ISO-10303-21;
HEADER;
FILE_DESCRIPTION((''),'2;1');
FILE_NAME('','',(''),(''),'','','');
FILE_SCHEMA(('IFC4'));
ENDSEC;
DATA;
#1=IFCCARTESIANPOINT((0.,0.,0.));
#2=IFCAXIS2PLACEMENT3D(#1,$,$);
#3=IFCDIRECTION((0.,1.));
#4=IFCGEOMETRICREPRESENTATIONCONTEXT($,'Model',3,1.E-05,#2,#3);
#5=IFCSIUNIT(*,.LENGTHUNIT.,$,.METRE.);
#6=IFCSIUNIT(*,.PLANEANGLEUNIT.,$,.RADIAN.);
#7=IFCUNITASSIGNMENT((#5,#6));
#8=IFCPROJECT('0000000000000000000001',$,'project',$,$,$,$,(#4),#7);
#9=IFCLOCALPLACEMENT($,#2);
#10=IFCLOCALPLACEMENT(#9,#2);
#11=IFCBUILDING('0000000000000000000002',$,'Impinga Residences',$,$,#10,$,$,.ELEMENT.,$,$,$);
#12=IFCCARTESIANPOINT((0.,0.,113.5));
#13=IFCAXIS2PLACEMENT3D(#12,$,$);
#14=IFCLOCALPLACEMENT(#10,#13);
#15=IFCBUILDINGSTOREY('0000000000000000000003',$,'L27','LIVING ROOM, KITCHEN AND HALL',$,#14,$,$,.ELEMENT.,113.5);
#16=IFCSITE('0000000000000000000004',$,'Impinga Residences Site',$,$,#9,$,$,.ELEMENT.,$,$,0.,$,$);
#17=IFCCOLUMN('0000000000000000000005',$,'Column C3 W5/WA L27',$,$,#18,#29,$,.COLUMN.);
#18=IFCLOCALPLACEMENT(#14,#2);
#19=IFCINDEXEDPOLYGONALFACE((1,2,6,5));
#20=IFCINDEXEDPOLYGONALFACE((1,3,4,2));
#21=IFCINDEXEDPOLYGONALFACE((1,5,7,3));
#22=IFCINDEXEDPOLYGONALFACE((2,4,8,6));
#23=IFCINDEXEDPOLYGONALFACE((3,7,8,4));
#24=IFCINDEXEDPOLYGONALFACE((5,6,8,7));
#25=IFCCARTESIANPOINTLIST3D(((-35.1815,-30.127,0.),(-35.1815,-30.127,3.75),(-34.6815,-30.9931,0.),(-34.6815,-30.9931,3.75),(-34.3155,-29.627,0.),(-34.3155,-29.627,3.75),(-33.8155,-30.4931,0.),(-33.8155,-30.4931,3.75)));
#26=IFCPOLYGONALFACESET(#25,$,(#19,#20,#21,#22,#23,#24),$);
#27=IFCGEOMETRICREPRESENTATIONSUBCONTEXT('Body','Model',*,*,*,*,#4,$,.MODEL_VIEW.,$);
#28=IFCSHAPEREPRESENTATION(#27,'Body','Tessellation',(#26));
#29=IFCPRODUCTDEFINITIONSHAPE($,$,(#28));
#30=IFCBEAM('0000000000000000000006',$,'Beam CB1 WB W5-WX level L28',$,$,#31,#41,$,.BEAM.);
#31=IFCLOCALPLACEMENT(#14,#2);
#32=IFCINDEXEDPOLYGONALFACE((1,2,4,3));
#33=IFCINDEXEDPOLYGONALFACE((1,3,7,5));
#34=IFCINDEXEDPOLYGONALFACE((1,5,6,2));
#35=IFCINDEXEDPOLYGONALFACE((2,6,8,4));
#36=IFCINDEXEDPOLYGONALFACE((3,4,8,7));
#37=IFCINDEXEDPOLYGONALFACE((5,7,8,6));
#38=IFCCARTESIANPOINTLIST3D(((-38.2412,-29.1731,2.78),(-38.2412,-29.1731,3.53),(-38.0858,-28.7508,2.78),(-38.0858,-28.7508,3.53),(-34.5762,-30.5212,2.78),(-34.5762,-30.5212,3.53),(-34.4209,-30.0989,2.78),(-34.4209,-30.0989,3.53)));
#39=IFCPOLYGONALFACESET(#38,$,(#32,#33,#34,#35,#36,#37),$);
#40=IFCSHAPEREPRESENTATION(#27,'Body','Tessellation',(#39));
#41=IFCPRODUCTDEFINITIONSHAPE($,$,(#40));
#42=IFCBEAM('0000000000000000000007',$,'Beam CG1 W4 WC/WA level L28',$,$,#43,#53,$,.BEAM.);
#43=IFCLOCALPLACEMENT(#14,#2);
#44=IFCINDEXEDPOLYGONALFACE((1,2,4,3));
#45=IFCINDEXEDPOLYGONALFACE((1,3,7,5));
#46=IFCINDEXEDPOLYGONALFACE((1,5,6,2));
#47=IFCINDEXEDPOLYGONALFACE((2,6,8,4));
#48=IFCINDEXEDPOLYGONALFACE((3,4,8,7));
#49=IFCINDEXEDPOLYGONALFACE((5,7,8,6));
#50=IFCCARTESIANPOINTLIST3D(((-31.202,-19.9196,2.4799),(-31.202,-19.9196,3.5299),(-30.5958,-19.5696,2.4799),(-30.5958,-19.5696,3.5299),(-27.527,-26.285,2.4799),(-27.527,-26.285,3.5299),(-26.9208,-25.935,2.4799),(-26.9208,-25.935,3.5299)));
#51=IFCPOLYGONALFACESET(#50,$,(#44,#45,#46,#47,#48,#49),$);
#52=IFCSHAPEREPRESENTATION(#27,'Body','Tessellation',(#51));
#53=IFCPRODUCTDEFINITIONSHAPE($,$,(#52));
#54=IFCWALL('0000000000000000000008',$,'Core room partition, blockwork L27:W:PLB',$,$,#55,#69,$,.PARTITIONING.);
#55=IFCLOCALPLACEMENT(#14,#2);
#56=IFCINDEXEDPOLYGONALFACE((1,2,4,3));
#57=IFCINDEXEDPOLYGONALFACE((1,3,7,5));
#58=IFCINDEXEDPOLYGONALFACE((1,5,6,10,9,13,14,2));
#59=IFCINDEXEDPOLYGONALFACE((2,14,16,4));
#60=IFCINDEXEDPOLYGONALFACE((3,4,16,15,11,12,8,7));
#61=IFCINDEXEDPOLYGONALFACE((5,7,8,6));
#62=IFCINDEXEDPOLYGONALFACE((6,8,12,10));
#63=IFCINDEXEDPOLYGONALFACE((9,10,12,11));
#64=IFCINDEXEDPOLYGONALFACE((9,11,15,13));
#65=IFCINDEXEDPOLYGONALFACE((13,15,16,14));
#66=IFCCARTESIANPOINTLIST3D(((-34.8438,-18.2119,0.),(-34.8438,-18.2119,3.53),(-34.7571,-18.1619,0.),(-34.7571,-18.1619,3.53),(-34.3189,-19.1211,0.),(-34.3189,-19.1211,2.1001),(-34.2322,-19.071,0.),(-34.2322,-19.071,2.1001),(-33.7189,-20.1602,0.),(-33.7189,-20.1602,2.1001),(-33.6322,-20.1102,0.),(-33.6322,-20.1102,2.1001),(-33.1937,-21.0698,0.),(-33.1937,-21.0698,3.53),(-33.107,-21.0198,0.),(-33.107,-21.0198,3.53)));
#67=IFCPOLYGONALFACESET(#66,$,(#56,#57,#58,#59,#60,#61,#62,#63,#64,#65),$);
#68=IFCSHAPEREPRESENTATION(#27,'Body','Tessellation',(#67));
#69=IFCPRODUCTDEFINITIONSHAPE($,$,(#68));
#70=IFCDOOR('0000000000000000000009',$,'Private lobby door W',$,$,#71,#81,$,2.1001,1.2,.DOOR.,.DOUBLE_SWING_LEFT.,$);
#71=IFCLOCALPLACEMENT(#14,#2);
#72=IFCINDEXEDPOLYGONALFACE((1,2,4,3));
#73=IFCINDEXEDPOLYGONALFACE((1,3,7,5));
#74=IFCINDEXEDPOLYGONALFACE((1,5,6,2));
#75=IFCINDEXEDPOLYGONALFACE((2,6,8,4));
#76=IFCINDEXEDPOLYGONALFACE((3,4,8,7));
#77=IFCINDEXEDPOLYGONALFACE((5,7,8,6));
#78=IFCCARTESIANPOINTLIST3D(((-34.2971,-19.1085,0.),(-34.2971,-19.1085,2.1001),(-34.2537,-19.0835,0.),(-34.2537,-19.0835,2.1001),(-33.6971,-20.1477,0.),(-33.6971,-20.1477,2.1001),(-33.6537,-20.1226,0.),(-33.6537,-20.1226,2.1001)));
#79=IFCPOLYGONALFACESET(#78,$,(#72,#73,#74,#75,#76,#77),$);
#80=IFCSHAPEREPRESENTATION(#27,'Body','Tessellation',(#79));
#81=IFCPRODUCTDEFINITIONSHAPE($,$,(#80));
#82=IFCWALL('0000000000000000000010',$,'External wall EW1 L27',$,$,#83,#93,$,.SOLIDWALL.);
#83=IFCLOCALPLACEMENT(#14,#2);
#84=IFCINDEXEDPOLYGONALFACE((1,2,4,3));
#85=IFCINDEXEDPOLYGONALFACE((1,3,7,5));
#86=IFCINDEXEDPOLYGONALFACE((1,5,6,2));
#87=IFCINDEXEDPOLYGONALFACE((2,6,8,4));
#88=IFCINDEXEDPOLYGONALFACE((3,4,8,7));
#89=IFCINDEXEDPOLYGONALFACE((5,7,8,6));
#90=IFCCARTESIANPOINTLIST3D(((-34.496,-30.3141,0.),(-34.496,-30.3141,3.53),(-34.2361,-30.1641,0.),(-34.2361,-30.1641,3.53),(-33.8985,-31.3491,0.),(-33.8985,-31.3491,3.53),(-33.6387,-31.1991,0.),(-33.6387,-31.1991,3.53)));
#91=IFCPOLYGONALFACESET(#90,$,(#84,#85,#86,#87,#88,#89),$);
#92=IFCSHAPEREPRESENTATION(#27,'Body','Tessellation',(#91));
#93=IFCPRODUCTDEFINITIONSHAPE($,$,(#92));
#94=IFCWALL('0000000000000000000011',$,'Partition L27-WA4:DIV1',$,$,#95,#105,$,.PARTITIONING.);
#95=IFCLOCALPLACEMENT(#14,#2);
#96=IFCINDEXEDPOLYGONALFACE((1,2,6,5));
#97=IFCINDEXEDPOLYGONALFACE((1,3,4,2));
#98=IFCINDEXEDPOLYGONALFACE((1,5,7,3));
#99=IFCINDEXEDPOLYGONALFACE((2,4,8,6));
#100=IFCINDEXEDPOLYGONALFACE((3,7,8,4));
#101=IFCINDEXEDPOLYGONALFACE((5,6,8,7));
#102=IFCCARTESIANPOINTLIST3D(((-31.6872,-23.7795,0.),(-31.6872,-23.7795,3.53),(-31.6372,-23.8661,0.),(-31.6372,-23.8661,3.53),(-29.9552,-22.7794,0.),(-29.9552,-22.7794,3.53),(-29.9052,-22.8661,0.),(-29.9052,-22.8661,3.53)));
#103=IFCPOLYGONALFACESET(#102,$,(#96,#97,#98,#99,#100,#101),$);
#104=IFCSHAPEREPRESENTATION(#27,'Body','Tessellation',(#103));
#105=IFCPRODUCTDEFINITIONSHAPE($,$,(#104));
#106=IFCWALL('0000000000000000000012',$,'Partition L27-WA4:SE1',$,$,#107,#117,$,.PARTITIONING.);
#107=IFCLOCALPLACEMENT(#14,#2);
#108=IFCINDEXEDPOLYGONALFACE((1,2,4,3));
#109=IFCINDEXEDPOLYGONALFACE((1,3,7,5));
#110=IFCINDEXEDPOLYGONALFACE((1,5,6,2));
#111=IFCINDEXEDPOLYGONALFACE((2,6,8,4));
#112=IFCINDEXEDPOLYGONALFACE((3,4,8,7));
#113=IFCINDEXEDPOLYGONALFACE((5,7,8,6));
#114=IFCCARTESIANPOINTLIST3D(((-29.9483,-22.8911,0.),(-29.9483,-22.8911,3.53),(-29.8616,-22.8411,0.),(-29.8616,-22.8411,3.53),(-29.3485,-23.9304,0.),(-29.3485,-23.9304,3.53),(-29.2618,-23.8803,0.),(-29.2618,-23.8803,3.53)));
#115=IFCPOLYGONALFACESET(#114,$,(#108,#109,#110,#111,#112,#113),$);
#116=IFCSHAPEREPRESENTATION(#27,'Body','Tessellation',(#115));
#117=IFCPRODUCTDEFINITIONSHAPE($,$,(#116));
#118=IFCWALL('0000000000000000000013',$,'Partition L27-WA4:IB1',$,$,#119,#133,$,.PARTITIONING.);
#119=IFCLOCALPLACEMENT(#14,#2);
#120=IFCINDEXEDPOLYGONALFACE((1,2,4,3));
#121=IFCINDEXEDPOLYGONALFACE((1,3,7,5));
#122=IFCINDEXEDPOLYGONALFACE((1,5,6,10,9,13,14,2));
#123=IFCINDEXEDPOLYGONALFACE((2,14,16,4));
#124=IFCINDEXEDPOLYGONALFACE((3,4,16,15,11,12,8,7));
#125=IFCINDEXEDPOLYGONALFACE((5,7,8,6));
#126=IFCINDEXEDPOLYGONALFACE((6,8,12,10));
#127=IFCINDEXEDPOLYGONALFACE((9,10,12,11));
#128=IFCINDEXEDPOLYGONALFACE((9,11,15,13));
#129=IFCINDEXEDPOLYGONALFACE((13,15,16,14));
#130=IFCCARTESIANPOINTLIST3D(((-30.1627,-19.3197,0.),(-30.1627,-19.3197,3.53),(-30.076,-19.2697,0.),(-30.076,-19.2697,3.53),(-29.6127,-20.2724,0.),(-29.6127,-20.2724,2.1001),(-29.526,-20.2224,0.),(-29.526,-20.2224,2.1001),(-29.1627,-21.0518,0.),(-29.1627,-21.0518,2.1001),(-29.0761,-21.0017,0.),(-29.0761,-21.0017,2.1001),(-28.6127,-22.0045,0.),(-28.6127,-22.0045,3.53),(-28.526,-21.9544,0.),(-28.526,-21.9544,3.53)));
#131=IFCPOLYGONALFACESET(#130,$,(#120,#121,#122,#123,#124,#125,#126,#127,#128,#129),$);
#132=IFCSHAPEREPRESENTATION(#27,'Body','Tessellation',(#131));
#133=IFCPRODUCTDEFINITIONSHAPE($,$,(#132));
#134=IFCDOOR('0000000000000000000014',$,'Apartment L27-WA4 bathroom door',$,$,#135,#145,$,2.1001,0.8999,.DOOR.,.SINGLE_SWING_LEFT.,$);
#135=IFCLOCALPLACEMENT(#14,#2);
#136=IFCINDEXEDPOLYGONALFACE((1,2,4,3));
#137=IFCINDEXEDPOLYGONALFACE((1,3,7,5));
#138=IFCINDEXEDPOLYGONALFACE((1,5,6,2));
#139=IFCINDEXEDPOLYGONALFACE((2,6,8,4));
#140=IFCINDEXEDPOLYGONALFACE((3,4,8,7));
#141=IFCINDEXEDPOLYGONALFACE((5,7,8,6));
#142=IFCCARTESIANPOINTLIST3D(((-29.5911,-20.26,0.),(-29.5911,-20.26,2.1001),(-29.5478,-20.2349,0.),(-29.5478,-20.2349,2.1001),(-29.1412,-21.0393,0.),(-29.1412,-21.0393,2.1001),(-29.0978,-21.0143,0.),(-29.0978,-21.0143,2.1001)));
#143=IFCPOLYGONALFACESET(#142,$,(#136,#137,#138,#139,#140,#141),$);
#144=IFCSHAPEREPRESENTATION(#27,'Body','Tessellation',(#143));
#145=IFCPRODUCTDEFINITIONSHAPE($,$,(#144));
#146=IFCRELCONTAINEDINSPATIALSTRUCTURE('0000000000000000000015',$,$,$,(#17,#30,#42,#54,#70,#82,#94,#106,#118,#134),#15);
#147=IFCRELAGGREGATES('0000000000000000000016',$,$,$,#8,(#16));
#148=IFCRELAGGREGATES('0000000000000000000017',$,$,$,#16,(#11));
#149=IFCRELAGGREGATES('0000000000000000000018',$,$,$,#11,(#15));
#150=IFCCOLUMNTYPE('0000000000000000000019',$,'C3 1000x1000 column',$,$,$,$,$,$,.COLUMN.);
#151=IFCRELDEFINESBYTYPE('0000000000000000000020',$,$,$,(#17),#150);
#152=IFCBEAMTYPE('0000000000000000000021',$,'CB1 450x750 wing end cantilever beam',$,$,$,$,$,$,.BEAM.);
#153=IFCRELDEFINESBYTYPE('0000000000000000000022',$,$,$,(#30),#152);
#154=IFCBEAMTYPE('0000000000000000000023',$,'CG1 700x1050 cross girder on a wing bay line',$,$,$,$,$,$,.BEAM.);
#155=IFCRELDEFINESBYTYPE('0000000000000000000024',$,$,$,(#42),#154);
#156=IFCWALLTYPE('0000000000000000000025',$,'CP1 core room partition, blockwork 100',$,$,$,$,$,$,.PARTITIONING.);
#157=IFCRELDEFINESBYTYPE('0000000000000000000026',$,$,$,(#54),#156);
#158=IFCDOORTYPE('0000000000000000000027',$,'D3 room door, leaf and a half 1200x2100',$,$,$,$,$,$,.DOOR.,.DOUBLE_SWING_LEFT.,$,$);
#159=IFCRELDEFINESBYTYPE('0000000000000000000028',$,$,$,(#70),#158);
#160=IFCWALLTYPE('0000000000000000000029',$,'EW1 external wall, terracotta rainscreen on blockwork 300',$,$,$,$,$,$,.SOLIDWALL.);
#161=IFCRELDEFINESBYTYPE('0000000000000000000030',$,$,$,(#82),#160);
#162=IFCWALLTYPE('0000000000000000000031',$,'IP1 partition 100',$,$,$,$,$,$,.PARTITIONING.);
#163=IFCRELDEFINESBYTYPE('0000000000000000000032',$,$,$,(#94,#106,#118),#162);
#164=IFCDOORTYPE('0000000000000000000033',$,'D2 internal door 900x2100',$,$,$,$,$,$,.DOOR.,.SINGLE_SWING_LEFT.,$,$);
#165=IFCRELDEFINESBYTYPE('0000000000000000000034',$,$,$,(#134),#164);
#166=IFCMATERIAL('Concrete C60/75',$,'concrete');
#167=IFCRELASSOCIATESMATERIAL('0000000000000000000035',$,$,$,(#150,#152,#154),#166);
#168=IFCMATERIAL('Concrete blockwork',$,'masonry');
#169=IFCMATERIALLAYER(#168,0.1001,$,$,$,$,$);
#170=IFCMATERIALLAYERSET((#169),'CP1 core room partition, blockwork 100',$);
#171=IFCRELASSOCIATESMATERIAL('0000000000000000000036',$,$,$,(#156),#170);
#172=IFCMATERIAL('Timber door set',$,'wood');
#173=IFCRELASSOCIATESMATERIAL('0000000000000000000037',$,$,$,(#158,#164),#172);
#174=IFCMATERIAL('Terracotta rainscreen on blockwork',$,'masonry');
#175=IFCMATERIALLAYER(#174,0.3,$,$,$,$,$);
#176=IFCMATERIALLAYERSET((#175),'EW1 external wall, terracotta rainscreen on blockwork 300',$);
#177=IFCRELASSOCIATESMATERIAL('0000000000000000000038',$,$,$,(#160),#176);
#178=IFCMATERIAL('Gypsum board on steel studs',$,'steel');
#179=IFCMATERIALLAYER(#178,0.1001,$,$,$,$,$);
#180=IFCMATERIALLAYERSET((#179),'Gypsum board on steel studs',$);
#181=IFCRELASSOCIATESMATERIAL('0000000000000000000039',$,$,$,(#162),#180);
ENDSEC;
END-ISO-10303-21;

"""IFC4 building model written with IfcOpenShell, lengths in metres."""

from ifc_helpers import new_model, si_unit, direction, frame, frame_2d, origin, origin_2d, place, context, subcontext, project, spatial, rectangle, extrude, material, layer, layer_set, material_profile, profile_set, type_object, element, fill, save


model = new_model("IFC4")

# Units and contexts
model_context = context("Model", 3, precision=1e-05, world=origin(), true_north=direction((0.0, 1.0)))
body_context = subcontext(model_context, "Body", "Model", "MODEL_VIEW")
ifc_project = project(units=[si_unit("LENGTHUNIT", "METRE"), si_unit("PLANEANGLEUNIT", "RADIAN")], contexts=[model_context])

# Site, building, storey
site_placement = place(None, origin())
site = spatial("IfcSite", under=ifc_project, at=site_placement, Name="Impinga Residences Site", CompositionType="ELEMENT", RefElevation=0.0)
building_placement = place(site_placement, origin())
building = spatial("IfcBuilding", under=site, at=building_placement, Name="Impinga Residences", CompositionType="ELEMENT")
storey_placement = place(building_placement, frame((0.0, 0.0, 113.5)))
storey = spatial("IfcBuildingStorey", under=building, at=storey_placement, Name="L27", Description="LIVING ROOM, KITCHEN AND HALL", CompositionType="ELEMENT", Elevation=113.5)

# Column
ifc_material_1 = material(Name="Concrete C60/75", Category="concrete")
ifc_material_profile_1 = material_profile(ifc_material_1, rectangle(XDim=1.0, YDim=1.0, at=origin_2d()), Name="RC 1000x1000")
ifc_profile_set_1 = profile_set([ifc_material_profile_1], Name="Concrete C60/75")
column_type = type_object("IfcColumnType", Name="C3 1000x1000 column", PredefinedType="COLUMN", material=ifc_profile_set_1)
column_placement = place(storey_placement, frame((-34.4985, -30.3101, 0.0), z_axis=(0.0, 0.0, 1.0), x_axis=(-0.5, 0.866025, 0.0)))
element("IfcColumn", 1, at=column_placement, inside=storey, type_object=column_type, Name="Column C3 W5/WA L27", PredefinedType="COLUMN", context=body_context, shape_type="SweptSolid", body=[
    extrude(rectangle(XDim=1.0, YDim=1.0, at=origin_2d()), origin(), (0.0, 0.0, 1.0), 3.75),
])

# Beams
ifc_material_profile_2 = material_profile(ifc_material_1, rectangle(XDim=0.45, YDim=0.75, at=origin_2d()), Name="RC 450x750")
ifc_profile_set_2 = profile_set([ifc_material_profile_2], Name="Concrete C60/75")
beam_type_1 = type_object("IfcBeamType", Name="CB1 450x750 wing end cantilever beam", PredefinedType="BEAM", material=ifc_profile_set_2)
beam_1_placement = place(storey_placement, frame((-34.4985, -30.3101, 3.155), z_axis=(-0.93852, 0.345224, 0.0), x_axis=(-0.345224, -0.93852, 0.0)))
element("IfcBeam", 2, at=beam_1_placement, inside=storey, type_object=beam_type_1, Name="Beam CB1 WB W5-WX level L28", PredefinedType="BEAM", context=body_context, shape_type="SweptSolid", body=[
    extrude(rectangle(XDim=0.45, YDim=0.75, at=origin_2d()), origin(), (0.0, 0.0, 1.0), 3.905),
])
ifc_material_profile_3 = material_profile(ifc_material_1, rectangle(XDim=0.7, YDim=1.05, at=origin_2d()), Name="RC 700x1050")
ifc_profile_set_3 = profile_set([ifc_material_profile_3], Name="Concrete C60/75")
beam_type_2 = type_object("IfcBeamType", Name="CG1 700x1050 cross girder on a wing bay line", PredefinedType="BEAM", material=ifc_profile_set_3)
beam_2_placement = place(storey_placement, frame((-30.8989, -19.7446, 3.0049), z_axis=(0.499994, -0.866029, 0.0), x_axis=(0.866029, 0.499994, 0.0)))
element("IfcBeam", 3, at=beam_2_placement, inside=storey, type_object=beam_type_2, Name="Beam CG1 W4 WC/WA level L28", PredefinedType="BEAM", context=body_context, shape_type="SweptSolid", body=[
    extrude(rectangle(XDim=0.7, YDim=1.05, at=origin_2d()), origin(), (0.0, 0.0, 1.0), 7.3501),
])

# Wall, opening, door
ifc_material_2 = material(Name="Concrete blockwork", Category="masonry")
ifc_layer_1 = layer(ifc_material_2, 0.1001)
ifc_layer_set_1 = layer_set([ifc_layer_1], Name="CP1 core room partition, blockwork 100")
wall_type_1 = type_object("IfcWallType", Name="CP1 core room partition, blockwork 100", PredefinedType="PARTITIONING", material=ifc_layer_set_1)
wall_1_placement = place(storey_placement, frame((-33.1504, -21.0447, 0.0), z_axis=(0.0, 0.0, 1.0), x_axis=(-0.50003, 0.866008, 0.0)))
wall_1 = element("IfcWall", 4, at=wall_1_placement, inside=storey, type_object=wall_type_1, Name="Core room partition, blockwork L27:W:PLB", PredefinedType="PARTITIONING", context=body_context, shape_type="SweptSolid", body=[
    extrude(rectangle(XDim=3.3, YDim=0.1001, at=frame_2d((1.6499, 0.0))), origin(), (0.0, 0.0, 1.0), 3.53),
])
opening_1_placement = place(wall_1_placement, frame((1.05, 0.0, 0.0)))
opening_1 = element("IfcOpeningElement", 5, at=opening_1_placement, cuts=wall_1, PredefinedType="OPENING", context=body_context, shape_type="SweptSolid", body=[
    extrude(rectangle(XDim=1.2, YDim=2.1001, at=frame_2d((0.6001, 1.05))), frame((0.0, 0.0601, 0.0), z_axis=(0.0, -1.0, 0.0), x_axis=(1.0, 0.0, 0.0)), (0.0, 0.0, 1.0), 0.1201),
])
ifc_material_3 = material(Name="Timber door set", Category="wood")
door_type_1 = type_object("IfcDoorType", Name="D3 room door, leaf and a half 1200x2100", OperationType="DOUBLE_SWING_LEFT", PredefinedType="DOOR", material=ifc_material_3)
door_1_placement = place(opening_1_placement, origin())
door_1 = element("IfcDoor", 6, at=door_1_placement, inside=storey, type_object=door_type_1, Name="Private lobby door W", OperationType="DOUBLE_SWING_LEFT", OverallHeight=2.1001, OverallWidth=1.2, PredefinedType="DOOR", context=body_context, shape_type="SweptSolid", body=[
    extrude(rectangle(XDim=1.2, YDim=2.1001, at=frame_2d((0.6001, 1.05))), frame((0.0, 0.0249, 0.0), z_axis=(0.0, -1.0, 0.0), x_axis=(1.0, 0.0, 0.0)), (0.0, 0.0, 1.0), 0.05),
])
fill(opening_1, door_1)

# Walls
ifc_material_4 = material(Name="Terracotta rainscreen on blockwork", Category="masonry")
ifc_layer_2 = layer(ifc_material_4, 0.3)
ifc_layer_set_2 = layer_set([ifc_layer_2], Name="EW1 external wall, terracotta rainscreen on blockwork 300")
wall_type_2 = type_object("IfcWallType", Name="EW1 external wall, terracotta rainscreen on blockwork 300", PredefinedType="SOLIDWALL", material=ifc_layer_set_2)
wall_2_placement = place(storey_placement, frame((-33.7686, -31.2742, 0.0), z_axis=(0.0, 0.0, 1.0), x_axis=(-0.499941, 0.86606, 0.0)))
element("IfcWall", 7, at=wall_2_placement, inside=storey, type_object=wall_type_2, Name="External wall EW1 L27", PredefinedType="SOLIDWALL", context=body_context, shape_type="SweptSolid", body=[
    extrude(rectangle(XDim=1.1951, YDim=0.3, at=frame_2d((0.5977, 0.0))), origin(), (0.0, 0.0, 1.0), 3.53),
])
ifc_material_5 = material(Name="Gypsum board on steel studs", Category="steel")
ifc_layer_3 = layer(ifc_material_5, 0.1001)
ifc_layer_set_3 = layer_set([ifc_layer_3], Name="Gypsum board on steel studs")
wall_type_3 = type_object("IfcWallType", Name="IP1 partition 100", PredefinedType="PARTITIONING", material=ifc_layer_set_3)
wall_3_placement = place(storey_placement, frame((-29.9302, -22.8228, 0.0), z_axis=(0.0, 0.0, 1.0), x_axis=(-0.866011, -0.500025, 0.0)))
element("IfcWall", 8, at=wall_3_placement, inside=storey, type_object=wall_type_3, Name="Partition L27-WA4:DIV1", PredefinedType="PARTITIONING", context=body_context, shape_type="SweptSolid", body=[
    extrude(rectangle(XDim=2.0, YDim=0.1001, at=frame_2d((1.0, 0.0))), origin(), (0.0, 0.0, 1.0), 3.53),
])
wall_4_placement = place(storey_placement, frame((-29.905, -22.866, 0.0), z_axis=(0.0, 0.0, 1.0), x_axis=(0.499881, -0.866094, 0.0)))
element("IfcWall", 9, at=wall_4_placement, inside=storey, type_object=wall_type_3, Name="Partition L27-WA4:SE1", PredefinedType="PARTITIONING", context=body_context, shape_type="SweptSolid", body=[
    extrude(rectangle(XDim=1.2, YDim=0.1001, at=frame_2d((0.6001, 0.0))), origin(), (0.0, 0.0, 1.0), 3.53),
])

# Wall, opening, door
wall_5_placement = place(storey_placement, frame((-30.1194, -19.2947, 0.0), z_axis=(0.0, 0.0, 1.0), x_axis=(0.499993, -0.86603, 0.0)))
wall_5 = element("IfcWall", 10, at=wall_5_placement, inside=storey, type_object=wall_type_3, Name="Partition L27-WA4:IB1", PredefinedType="PARTITIONING", context=body_context, shape_type="SweptSolid", body=[
    extrude(rectangle(XDim=3.1001, YDim=0.1001, at=frame_2d((1.55, 0.0))), origin(), (0.0, 0.0, 1.0), 3.53),
])
opening_2_placement = place(wall_5_placement, frame((1.1001, 0.0, 0.0)))
opening_2 = element("IfcOpeningElement", 11, at=opening_2_placement, cuts=wall_5, PredefinedType="OPENING", context=body_context, shape_type="SweptSolid", body=[
    extrude(rectangle(XDim=0.8999, YDim=2.1001, at=frame_2d((0.45, 1.05))), frame((0.0, 0.0601, 0.0), z_axis=(0.0, -1.0, 0.0), x_axis=(1.0, 0.0, 0.0)), (0.0, 0.0, 1.0), 0.1201),
])
door_type_2 = type_object("IfcDoorType", Name="D2 internal door 900x2100", OperationType="SINGLE_SWING_LEFT", PredefinedType="DOOR", material=ifc_material_3)
door_2_placement = place(opening_2_placement, origin())
door_2 = element("IfcDoor", 12, at=door_2_placement, inside=storey, type_object=door_type_2, Name="Apartment L27-WA4 bathroom door", OperationType="SINGLE_SWING_LEFT", OverallHeight=2.1001, OverallWidth=0.8999, PredefinedType="DOOR", context=body_context, shape_type="SweptSolid", body=[
    extrude(rectangle(XDim=0.8999, YDim=2.1001, at=frame_2d((0.45, 1.05))), frame((0.0, 0.0249, 0.0), z_axis=(0.0, -1.0, 0.0), x_axis=(1.0, 0.0, 0.0)), (0.0, 0.0, 1.0), 0.05),
])
fill(opening_2, door_2)

save(model, "model.ifc")
